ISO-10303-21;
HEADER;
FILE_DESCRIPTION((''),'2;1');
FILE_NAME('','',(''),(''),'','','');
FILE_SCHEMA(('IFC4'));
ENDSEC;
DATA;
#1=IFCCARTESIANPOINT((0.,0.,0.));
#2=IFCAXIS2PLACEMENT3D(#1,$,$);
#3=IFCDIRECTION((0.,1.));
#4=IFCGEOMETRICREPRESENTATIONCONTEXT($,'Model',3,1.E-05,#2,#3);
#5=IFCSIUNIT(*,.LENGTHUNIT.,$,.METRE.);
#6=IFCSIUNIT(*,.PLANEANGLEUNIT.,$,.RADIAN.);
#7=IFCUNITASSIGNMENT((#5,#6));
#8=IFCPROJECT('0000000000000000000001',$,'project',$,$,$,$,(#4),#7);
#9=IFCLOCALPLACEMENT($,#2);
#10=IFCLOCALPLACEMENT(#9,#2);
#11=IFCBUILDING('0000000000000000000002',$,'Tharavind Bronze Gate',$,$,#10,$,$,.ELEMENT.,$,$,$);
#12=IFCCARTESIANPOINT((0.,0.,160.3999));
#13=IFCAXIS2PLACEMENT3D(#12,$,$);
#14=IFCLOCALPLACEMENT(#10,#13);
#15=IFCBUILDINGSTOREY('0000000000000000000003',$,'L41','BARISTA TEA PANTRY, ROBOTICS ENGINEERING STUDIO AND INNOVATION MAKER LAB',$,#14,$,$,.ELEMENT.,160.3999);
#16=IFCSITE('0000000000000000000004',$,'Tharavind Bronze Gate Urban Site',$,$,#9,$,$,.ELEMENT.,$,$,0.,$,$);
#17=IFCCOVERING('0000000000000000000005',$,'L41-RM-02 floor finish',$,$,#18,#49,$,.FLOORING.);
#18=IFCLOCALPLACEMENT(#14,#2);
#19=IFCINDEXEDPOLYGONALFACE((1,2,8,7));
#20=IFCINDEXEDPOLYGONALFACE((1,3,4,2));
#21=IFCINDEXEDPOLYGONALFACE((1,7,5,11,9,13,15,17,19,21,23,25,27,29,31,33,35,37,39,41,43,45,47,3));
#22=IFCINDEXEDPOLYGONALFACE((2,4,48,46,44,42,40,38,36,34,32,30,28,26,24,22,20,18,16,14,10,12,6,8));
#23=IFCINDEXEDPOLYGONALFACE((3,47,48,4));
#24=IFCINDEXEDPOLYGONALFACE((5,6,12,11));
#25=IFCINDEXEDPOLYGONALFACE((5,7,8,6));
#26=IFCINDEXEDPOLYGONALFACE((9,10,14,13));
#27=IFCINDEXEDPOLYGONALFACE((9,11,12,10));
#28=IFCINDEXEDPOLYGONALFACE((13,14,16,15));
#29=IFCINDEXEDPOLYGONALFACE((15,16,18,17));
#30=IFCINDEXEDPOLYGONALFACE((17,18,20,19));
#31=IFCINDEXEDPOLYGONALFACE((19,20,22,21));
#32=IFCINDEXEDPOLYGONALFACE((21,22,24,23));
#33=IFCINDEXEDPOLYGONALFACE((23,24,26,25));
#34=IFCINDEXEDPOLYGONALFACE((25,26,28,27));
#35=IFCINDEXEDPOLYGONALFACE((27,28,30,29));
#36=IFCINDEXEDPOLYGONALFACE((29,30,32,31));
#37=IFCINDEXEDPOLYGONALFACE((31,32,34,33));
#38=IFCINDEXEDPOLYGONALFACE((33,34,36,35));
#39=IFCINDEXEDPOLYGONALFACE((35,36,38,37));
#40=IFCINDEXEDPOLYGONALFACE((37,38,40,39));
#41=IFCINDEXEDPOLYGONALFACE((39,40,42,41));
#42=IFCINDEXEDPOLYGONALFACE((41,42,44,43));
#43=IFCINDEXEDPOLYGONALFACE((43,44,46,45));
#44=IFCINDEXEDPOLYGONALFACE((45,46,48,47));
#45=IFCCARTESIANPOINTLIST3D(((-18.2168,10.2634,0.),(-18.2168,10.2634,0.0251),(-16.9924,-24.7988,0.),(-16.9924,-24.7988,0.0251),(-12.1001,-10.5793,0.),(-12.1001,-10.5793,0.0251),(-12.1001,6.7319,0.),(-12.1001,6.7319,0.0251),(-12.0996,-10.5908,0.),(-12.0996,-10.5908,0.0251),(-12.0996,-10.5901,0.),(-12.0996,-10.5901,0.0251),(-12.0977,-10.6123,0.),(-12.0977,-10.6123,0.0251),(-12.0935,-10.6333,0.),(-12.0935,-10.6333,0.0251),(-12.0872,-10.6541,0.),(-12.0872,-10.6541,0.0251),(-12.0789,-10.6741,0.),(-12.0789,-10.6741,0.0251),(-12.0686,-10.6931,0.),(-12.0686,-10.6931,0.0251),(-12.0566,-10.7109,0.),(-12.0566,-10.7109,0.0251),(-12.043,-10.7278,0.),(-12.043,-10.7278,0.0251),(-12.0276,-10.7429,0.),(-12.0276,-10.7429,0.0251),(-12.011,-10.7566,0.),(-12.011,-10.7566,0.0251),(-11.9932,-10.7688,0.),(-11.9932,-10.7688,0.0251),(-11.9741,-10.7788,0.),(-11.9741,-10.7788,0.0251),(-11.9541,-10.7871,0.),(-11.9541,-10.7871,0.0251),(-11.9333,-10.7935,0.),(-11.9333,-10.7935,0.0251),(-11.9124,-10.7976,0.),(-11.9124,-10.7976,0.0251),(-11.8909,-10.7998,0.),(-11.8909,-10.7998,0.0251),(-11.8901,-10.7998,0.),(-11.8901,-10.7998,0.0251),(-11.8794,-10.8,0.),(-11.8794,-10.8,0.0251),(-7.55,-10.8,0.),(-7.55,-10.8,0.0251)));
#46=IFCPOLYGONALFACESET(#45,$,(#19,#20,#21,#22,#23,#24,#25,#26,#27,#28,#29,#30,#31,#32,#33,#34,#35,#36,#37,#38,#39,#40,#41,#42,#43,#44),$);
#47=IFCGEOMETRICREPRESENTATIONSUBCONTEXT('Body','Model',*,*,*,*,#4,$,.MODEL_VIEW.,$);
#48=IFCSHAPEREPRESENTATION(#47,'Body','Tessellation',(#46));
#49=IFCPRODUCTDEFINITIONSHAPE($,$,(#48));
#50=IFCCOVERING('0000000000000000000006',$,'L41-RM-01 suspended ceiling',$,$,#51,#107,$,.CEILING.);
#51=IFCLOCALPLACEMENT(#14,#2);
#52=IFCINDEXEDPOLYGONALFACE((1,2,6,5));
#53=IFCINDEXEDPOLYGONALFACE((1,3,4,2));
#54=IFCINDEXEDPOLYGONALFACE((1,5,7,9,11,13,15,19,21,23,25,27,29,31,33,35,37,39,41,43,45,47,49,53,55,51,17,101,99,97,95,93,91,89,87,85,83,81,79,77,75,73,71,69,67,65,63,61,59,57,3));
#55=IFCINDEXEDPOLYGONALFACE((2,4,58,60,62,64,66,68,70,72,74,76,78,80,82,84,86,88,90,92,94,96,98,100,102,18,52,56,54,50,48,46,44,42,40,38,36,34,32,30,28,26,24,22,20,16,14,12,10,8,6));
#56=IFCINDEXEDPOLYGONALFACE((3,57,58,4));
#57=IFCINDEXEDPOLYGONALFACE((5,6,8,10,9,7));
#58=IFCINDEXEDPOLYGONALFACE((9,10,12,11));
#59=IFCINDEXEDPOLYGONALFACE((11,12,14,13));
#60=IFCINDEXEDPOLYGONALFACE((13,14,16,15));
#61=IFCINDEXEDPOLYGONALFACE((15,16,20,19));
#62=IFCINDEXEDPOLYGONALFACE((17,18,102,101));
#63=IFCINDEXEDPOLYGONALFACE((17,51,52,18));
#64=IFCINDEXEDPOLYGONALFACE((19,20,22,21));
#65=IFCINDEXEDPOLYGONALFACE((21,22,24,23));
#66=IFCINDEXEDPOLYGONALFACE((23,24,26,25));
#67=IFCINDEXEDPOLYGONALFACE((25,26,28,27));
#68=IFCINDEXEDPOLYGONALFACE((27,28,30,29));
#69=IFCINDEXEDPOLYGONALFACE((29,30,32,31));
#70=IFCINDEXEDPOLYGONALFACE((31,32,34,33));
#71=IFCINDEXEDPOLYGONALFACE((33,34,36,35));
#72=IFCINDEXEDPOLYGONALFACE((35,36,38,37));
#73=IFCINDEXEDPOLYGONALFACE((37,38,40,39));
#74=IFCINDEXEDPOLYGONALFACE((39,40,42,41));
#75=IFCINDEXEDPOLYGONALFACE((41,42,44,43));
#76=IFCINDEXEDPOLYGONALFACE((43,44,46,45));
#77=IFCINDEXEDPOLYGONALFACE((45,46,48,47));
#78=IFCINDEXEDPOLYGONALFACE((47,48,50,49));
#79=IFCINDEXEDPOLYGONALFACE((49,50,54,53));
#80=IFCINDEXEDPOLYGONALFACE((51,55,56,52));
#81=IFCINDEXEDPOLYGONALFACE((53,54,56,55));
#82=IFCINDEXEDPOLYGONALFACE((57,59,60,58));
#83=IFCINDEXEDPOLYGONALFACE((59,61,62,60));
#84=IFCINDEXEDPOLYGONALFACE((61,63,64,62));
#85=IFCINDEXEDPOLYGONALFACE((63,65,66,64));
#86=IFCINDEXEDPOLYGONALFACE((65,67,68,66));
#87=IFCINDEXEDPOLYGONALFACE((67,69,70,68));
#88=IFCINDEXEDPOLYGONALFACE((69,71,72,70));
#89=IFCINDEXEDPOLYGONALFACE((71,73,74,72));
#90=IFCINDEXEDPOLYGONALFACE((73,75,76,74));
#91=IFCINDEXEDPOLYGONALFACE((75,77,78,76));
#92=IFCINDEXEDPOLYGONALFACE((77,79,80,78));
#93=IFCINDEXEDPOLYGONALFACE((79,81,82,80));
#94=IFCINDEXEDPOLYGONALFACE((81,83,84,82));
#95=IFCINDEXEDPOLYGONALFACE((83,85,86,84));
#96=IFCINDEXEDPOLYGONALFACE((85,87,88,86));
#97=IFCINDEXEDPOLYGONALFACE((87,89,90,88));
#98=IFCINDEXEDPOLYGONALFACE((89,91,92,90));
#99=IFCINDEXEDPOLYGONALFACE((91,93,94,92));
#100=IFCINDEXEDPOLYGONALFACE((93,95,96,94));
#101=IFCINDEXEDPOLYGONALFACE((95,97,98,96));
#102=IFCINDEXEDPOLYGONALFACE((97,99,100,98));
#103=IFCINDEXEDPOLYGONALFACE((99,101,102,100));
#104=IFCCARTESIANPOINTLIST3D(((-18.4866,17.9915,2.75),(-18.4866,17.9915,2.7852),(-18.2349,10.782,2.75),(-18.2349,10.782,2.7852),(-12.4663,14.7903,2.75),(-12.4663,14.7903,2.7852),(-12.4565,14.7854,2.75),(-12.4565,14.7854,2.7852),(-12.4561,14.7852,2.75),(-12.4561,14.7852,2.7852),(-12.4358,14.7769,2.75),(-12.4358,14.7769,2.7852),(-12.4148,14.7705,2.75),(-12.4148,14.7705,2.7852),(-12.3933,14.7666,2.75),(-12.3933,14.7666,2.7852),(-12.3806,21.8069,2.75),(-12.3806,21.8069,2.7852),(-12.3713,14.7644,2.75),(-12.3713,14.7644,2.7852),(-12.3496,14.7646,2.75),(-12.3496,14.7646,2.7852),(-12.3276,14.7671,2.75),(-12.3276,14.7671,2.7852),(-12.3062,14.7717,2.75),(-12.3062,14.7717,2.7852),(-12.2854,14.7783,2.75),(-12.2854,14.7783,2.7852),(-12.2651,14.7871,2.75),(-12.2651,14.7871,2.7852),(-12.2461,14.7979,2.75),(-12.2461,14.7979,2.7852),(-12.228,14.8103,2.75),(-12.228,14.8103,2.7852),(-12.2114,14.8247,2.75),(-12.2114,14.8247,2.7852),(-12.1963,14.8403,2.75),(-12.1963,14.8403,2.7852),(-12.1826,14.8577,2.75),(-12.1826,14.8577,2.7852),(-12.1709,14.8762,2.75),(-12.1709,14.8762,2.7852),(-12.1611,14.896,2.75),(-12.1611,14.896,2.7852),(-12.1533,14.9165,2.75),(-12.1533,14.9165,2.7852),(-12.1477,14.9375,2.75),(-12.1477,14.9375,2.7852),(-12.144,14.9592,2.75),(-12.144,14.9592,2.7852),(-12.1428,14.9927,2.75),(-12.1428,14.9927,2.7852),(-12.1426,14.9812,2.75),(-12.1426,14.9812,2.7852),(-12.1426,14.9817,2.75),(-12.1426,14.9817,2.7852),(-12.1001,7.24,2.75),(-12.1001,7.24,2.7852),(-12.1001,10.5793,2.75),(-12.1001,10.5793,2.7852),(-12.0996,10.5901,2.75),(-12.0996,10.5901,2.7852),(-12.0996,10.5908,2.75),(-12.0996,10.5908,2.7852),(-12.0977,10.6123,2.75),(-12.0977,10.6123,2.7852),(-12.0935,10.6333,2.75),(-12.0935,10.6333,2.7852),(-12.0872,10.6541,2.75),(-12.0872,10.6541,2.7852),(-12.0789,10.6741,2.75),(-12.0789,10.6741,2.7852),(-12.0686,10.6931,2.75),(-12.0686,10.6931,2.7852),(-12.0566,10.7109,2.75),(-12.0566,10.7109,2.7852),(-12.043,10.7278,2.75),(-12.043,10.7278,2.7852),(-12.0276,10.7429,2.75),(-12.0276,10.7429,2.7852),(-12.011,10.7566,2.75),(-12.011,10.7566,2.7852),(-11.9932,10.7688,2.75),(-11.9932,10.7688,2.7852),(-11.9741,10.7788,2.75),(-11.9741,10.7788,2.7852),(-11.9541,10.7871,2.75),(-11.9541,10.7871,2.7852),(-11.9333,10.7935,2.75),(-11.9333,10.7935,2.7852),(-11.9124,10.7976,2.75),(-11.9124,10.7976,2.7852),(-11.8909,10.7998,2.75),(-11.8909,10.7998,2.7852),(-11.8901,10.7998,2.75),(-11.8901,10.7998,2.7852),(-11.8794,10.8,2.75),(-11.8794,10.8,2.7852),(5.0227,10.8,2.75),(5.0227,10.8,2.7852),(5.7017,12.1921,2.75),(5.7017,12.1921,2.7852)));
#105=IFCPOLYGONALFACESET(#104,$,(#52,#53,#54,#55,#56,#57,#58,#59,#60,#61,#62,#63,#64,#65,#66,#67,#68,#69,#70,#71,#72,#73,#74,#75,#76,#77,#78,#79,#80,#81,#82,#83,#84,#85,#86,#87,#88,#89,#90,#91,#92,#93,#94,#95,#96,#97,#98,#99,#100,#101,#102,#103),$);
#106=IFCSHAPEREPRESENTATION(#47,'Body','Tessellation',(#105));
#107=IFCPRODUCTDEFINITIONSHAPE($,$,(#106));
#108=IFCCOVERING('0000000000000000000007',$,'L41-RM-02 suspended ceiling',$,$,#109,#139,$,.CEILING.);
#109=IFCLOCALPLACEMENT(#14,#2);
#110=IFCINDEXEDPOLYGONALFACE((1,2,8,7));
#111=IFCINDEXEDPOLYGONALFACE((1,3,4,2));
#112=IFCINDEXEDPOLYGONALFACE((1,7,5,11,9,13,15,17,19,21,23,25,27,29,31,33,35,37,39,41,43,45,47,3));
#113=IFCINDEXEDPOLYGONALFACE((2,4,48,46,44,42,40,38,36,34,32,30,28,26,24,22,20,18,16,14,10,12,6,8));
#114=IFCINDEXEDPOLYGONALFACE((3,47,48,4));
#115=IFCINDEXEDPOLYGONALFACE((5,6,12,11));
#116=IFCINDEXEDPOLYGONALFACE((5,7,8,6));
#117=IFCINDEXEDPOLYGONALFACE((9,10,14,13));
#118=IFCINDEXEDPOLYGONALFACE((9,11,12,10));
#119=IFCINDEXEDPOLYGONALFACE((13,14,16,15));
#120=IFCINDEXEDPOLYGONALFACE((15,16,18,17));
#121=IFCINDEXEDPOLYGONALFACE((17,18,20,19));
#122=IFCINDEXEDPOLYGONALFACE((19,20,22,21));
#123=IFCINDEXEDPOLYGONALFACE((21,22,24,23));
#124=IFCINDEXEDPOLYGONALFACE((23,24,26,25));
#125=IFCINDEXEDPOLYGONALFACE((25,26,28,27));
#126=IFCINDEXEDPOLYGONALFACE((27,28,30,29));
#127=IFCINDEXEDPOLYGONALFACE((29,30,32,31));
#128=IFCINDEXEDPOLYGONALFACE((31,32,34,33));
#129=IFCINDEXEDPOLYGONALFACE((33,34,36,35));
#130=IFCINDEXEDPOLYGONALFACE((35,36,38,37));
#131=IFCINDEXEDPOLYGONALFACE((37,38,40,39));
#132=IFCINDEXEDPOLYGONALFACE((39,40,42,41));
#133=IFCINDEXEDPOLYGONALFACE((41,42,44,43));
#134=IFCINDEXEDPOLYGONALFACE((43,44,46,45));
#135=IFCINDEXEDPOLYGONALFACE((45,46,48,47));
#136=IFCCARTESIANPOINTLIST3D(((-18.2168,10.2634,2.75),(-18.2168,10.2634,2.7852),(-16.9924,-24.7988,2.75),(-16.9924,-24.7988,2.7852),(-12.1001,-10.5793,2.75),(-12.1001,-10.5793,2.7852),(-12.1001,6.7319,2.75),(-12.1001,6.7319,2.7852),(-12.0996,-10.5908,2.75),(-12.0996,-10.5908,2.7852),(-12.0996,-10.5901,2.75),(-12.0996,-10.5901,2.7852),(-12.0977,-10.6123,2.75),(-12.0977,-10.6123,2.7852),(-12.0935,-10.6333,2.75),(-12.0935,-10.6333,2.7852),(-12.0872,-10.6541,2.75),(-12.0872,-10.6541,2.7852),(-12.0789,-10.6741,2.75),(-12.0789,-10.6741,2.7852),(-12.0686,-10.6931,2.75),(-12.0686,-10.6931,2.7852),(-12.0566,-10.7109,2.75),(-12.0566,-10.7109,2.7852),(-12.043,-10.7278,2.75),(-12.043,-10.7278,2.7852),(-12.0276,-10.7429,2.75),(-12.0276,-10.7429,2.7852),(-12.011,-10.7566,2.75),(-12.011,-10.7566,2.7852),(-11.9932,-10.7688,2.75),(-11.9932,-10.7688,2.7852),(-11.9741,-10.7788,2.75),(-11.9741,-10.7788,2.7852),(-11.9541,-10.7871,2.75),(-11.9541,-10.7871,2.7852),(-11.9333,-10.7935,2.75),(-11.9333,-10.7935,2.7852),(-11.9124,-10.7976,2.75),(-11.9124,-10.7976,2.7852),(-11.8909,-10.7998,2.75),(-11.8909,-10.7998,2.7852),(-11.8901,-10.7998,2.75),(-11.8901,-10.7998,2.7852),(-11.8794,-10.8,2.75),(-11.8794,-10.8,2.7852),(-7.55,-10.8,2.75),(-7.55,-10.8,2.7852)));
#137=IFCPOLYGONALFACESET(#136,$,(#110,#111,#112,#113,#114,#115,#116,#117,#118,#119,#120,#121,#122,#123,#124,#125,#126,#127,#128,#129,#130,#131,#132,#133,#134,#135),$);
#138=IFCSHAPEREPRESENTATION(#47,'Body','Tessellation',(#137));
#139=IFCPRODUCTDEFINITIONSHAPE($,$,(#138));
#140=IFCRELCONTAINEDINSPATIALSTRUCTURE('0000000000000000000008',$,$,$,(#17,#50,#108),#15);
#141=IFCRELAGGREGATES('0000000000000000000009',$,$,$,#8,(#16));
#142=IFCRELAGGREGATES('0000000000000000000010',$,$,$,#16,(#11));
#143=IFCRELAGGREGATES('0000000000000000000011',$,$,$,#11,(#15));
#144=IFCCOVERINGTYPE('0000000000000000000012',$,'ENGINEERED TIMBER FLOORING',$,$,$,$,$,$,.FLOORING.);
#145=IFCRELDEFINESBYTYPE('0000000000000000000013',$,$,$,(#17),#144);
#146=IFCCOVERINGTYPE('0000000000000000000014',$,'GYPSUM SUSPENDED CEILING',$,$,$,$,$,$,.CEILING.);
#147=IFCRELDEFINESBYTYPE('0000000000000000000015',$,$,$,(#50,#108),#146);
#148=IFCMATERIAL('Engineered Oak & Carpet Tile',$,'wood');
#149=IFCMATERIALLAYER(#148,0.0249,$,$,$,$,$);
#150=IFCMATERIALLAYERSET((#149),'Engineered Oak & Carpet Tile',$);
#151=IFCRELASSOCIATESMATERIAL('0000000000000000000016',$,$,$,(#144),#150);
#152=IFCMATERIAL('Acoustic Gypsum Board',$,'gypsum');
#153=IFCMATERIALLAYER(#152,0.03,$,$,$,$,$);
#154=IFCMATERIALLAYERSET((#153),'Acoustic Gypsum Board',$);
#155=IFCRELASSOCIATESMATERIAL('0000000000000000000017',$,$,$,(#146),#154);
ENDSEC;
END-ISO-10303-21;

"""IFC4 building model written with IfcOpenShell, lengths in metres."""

from ifc_helpers import new_model, si_unit, direction, frame, origin, place, context, subcontext, project, spatial, polyline, outline, extrude, material, layer, layer_set, type_object, element, save


model = new_model("IFC4")

# Units and contexts
model_context = context("Model", 3, precision=1e-05, world=origin(), true_north=direction((0.0, 1.0)))
body_context = subcontext(model_context, "Body", "Model", "MODEL_VIEW")
ifc_project = project(units=[si_unit("LENGTHUNIT", "METRE"), si_unit("PLANEANGLEUNIT", "RADIAN")], contexts=[model_context])

# Site, building, storey
site_placement = place(None, origin())
site = spatial("IfcSite", under=ifc_project, at=site_placement, Name="Tharavind Bronze Gate Urban Site", CompositionType="ELEMENT", RefElevation=0.0)
building_placement = place(site_placement, origin())
building = spatial("IfcBuilding", under=site, at=building_placement, Name="Tharavind Bronze Gate", CompositionType="ELEMENT")
storey_placement = place(building_placement, frame((0.0, 0.0, 160.3999)))
storey = spatial("IfcBuildingStorey", under=building, at=storey_placement, Name="L41", Description="BARISTA TEA PANTRY, ROBOTICS ENGINEERING STUDIO AND INNOVATION MAKER LAB", CompositionType="ELEMENT", Elevation=160.3999)

# Coverings
ifc_material_1 = material(Name="Engineered Oak & Carpet Tile", Category="wood")
ifc_layer_1 = layer(ifc_material_1, 0.0249)
ifc_layer_set_1 = layer_set([ifc_layer_1], Name="Engineered Oak & Carpet Tile")
covering_type_1 = type_object("IfcCoveringType", Name="ENGINEERED TIMBER FLOORING", PredefinedType="FLOORING", material=ifc_layer_set_1)
covering_1_placement = place(storey_placement, origin())
element("IfcCovering", 1, at=covering_1_placement, inside=storey, type_object=covering_type_1, Name="L41-RM-02 floor finish", PredefinedType="FLOORING", context=body_context, shape_type="SweptSolid", body=[
    extrude(outline(polyline([(-16.9924, -24.7988), (-7.55, -10.8), (-11.8794, -10.8), (-11.8901, -10.7998), (-11.8909, -10.7998), (-11.9124, -10.7976), (-11.9333, -10.7935), (-11.9541, -10.7871), (-11.9741, -10.7788), (-11.9932, -10.7688), (-12.011, -10.7566), (-12.0276, -10.7429), (-12.043, -10.7278), (-12.0566, -10.7109), (-12.0686, -10.6931), (-12.0789, -10.6741), (-12.0872, -10.6541), (-12.0935, -10.6333), (-12.0977, -10.6123), (-12.0996, -10.5908), (-12.0996, -10.5901), (-12.1001, -10.5793), (-12.1001, 6.7319), (-18.2168, 10.2634), (-16.9924, -24.7988)])), origin(), (0.0, 0.0, 1.0), 0.0251),
])
ifc_material_2 = material(Name="Acoustic Gypsum Board", Category="gypsum")
ifc_layer_2 = layer(ifc_material_2, 0.03)
ifc_layer_set_2 = layer_set([ifc_layer_2], Name="Acoustic Gypsum Board")
covering_type_2 = type_object("IfcCoveringType", Name="GYPSUM SUSPENDED CEILING", PredefinedType="CEILING", material=ifc_layer_set_2)
covering_2_placement = place(storey_placement, frame((0.0, 0.0, 2.75)))
element("IfcCovering", 2, at=covering_2_placement, inside=storey, type_object=covering_type_2, Name="L41-RM-01 suspended ceiling", PredefinedType="CEILING", context=body_context, shape_type="SweptSolid", body=[
    extrude(outline(polyline([(-18.2349, 10.782), (-12.1001, 7.24), (-12.1001, 10.5793), (-12.0996, 10.5901), (-12.0996, 10.5908), (-12.0977, 10.6123), (-12.0935, 10.6333), (-12.0872, 10.6541), (-12.0789, 10.6741), (-12.0686, 10.6931), (-12.0566, 10.7109), (-12.043, 10.7278), (-12.0276, 10.7429), (-12.011, 10.7566), (-11.9932, 10.7688), (-11.9741, 10.7788), (-11.9541, 10.7871), (-11.9333, 10.7935), (-11.9124, 10.7976), (-11.8909, 10.7998), (-11.8901, 10.7998), (-11.8794, 10.8), (5.0227, 10.8), (5.7017, 12.1921), (-12.3806, 21.8069), (-12.1428, 14.9927), (-12.1426, 14.9817), (-12.1426, 14.9812), (-12.144, 14.9592), (-12.1477, 14.9375), (-12.1533, 14.9165), (-12.1611, 14.896), (-12.1709, 14.8762), (-12.1826, 14.8577), (-12.1963, 14.8403), (-12.2114, 14.8247), (-12.228, 14.8103), (-12.2461, 14.7979), (-12.2651, 14.7871), (-12.2854, 14.7783), (-12.3062, 14.7717), (-12.3276, 14.7671), (-12.3496, 14.7646), (-12.3713, 14.7644), (-12.3933, 14.7666), (-12.4148, 14.7705), (-12.4358, 14.7769), (-12.4561, 14.7852), (-12.4565, 14.7854), (-12.4663, 14.7903), (-18.4866, 17.9915), (-18.2349, 10.782)])), origin(), (0.0, 0.0, 1.0), 0.0352),
])
covering_3_placement = place(storey_placement, frame((0.0, 0.0, 2.75)))
element("IfcCovering", 3, at=covering_3_placement, inside=storey, type_object=covering_type_2, Name="L41-RM-02 suspended ceiling", PredefinedType="CEILING", context=body_context, shape_type="SweptSolid", body=[
    extrude(outline(polyline([(-16.9924, -24.7988), (-7.55, -10.8), (-11.8794, -10.8), (-11.8901, -10.7998), (-11.8909, -10.7998), (-11.9124, -10.7976), (-11.9333, -10.7935), (-11.9541, -10.7871), (-11.9741, -10.7788), (-11.9932, -10.7688), (-12.011, -10.7566), (-12.0276, -10.7429), (-12.043, -10.7278), (-12.0566, -10.7109), (-12.0686, -10.6931), (-12.0789, -10.6741), (-12.0872, -10.6541), (-12.0935, -10.6333), (-12.0977, -10.6123), (-12.0996, -10.5908), (-12.0996, -10.5901), (-12.1001, -10.5793), (-12.1001, 6.7319), (-18.2168, 10.2634), (-16.9924, -24.7988)])), origin(), (0.0, 0.0, 1.0), 0.0352),
])

save(model, "model.ifc")
